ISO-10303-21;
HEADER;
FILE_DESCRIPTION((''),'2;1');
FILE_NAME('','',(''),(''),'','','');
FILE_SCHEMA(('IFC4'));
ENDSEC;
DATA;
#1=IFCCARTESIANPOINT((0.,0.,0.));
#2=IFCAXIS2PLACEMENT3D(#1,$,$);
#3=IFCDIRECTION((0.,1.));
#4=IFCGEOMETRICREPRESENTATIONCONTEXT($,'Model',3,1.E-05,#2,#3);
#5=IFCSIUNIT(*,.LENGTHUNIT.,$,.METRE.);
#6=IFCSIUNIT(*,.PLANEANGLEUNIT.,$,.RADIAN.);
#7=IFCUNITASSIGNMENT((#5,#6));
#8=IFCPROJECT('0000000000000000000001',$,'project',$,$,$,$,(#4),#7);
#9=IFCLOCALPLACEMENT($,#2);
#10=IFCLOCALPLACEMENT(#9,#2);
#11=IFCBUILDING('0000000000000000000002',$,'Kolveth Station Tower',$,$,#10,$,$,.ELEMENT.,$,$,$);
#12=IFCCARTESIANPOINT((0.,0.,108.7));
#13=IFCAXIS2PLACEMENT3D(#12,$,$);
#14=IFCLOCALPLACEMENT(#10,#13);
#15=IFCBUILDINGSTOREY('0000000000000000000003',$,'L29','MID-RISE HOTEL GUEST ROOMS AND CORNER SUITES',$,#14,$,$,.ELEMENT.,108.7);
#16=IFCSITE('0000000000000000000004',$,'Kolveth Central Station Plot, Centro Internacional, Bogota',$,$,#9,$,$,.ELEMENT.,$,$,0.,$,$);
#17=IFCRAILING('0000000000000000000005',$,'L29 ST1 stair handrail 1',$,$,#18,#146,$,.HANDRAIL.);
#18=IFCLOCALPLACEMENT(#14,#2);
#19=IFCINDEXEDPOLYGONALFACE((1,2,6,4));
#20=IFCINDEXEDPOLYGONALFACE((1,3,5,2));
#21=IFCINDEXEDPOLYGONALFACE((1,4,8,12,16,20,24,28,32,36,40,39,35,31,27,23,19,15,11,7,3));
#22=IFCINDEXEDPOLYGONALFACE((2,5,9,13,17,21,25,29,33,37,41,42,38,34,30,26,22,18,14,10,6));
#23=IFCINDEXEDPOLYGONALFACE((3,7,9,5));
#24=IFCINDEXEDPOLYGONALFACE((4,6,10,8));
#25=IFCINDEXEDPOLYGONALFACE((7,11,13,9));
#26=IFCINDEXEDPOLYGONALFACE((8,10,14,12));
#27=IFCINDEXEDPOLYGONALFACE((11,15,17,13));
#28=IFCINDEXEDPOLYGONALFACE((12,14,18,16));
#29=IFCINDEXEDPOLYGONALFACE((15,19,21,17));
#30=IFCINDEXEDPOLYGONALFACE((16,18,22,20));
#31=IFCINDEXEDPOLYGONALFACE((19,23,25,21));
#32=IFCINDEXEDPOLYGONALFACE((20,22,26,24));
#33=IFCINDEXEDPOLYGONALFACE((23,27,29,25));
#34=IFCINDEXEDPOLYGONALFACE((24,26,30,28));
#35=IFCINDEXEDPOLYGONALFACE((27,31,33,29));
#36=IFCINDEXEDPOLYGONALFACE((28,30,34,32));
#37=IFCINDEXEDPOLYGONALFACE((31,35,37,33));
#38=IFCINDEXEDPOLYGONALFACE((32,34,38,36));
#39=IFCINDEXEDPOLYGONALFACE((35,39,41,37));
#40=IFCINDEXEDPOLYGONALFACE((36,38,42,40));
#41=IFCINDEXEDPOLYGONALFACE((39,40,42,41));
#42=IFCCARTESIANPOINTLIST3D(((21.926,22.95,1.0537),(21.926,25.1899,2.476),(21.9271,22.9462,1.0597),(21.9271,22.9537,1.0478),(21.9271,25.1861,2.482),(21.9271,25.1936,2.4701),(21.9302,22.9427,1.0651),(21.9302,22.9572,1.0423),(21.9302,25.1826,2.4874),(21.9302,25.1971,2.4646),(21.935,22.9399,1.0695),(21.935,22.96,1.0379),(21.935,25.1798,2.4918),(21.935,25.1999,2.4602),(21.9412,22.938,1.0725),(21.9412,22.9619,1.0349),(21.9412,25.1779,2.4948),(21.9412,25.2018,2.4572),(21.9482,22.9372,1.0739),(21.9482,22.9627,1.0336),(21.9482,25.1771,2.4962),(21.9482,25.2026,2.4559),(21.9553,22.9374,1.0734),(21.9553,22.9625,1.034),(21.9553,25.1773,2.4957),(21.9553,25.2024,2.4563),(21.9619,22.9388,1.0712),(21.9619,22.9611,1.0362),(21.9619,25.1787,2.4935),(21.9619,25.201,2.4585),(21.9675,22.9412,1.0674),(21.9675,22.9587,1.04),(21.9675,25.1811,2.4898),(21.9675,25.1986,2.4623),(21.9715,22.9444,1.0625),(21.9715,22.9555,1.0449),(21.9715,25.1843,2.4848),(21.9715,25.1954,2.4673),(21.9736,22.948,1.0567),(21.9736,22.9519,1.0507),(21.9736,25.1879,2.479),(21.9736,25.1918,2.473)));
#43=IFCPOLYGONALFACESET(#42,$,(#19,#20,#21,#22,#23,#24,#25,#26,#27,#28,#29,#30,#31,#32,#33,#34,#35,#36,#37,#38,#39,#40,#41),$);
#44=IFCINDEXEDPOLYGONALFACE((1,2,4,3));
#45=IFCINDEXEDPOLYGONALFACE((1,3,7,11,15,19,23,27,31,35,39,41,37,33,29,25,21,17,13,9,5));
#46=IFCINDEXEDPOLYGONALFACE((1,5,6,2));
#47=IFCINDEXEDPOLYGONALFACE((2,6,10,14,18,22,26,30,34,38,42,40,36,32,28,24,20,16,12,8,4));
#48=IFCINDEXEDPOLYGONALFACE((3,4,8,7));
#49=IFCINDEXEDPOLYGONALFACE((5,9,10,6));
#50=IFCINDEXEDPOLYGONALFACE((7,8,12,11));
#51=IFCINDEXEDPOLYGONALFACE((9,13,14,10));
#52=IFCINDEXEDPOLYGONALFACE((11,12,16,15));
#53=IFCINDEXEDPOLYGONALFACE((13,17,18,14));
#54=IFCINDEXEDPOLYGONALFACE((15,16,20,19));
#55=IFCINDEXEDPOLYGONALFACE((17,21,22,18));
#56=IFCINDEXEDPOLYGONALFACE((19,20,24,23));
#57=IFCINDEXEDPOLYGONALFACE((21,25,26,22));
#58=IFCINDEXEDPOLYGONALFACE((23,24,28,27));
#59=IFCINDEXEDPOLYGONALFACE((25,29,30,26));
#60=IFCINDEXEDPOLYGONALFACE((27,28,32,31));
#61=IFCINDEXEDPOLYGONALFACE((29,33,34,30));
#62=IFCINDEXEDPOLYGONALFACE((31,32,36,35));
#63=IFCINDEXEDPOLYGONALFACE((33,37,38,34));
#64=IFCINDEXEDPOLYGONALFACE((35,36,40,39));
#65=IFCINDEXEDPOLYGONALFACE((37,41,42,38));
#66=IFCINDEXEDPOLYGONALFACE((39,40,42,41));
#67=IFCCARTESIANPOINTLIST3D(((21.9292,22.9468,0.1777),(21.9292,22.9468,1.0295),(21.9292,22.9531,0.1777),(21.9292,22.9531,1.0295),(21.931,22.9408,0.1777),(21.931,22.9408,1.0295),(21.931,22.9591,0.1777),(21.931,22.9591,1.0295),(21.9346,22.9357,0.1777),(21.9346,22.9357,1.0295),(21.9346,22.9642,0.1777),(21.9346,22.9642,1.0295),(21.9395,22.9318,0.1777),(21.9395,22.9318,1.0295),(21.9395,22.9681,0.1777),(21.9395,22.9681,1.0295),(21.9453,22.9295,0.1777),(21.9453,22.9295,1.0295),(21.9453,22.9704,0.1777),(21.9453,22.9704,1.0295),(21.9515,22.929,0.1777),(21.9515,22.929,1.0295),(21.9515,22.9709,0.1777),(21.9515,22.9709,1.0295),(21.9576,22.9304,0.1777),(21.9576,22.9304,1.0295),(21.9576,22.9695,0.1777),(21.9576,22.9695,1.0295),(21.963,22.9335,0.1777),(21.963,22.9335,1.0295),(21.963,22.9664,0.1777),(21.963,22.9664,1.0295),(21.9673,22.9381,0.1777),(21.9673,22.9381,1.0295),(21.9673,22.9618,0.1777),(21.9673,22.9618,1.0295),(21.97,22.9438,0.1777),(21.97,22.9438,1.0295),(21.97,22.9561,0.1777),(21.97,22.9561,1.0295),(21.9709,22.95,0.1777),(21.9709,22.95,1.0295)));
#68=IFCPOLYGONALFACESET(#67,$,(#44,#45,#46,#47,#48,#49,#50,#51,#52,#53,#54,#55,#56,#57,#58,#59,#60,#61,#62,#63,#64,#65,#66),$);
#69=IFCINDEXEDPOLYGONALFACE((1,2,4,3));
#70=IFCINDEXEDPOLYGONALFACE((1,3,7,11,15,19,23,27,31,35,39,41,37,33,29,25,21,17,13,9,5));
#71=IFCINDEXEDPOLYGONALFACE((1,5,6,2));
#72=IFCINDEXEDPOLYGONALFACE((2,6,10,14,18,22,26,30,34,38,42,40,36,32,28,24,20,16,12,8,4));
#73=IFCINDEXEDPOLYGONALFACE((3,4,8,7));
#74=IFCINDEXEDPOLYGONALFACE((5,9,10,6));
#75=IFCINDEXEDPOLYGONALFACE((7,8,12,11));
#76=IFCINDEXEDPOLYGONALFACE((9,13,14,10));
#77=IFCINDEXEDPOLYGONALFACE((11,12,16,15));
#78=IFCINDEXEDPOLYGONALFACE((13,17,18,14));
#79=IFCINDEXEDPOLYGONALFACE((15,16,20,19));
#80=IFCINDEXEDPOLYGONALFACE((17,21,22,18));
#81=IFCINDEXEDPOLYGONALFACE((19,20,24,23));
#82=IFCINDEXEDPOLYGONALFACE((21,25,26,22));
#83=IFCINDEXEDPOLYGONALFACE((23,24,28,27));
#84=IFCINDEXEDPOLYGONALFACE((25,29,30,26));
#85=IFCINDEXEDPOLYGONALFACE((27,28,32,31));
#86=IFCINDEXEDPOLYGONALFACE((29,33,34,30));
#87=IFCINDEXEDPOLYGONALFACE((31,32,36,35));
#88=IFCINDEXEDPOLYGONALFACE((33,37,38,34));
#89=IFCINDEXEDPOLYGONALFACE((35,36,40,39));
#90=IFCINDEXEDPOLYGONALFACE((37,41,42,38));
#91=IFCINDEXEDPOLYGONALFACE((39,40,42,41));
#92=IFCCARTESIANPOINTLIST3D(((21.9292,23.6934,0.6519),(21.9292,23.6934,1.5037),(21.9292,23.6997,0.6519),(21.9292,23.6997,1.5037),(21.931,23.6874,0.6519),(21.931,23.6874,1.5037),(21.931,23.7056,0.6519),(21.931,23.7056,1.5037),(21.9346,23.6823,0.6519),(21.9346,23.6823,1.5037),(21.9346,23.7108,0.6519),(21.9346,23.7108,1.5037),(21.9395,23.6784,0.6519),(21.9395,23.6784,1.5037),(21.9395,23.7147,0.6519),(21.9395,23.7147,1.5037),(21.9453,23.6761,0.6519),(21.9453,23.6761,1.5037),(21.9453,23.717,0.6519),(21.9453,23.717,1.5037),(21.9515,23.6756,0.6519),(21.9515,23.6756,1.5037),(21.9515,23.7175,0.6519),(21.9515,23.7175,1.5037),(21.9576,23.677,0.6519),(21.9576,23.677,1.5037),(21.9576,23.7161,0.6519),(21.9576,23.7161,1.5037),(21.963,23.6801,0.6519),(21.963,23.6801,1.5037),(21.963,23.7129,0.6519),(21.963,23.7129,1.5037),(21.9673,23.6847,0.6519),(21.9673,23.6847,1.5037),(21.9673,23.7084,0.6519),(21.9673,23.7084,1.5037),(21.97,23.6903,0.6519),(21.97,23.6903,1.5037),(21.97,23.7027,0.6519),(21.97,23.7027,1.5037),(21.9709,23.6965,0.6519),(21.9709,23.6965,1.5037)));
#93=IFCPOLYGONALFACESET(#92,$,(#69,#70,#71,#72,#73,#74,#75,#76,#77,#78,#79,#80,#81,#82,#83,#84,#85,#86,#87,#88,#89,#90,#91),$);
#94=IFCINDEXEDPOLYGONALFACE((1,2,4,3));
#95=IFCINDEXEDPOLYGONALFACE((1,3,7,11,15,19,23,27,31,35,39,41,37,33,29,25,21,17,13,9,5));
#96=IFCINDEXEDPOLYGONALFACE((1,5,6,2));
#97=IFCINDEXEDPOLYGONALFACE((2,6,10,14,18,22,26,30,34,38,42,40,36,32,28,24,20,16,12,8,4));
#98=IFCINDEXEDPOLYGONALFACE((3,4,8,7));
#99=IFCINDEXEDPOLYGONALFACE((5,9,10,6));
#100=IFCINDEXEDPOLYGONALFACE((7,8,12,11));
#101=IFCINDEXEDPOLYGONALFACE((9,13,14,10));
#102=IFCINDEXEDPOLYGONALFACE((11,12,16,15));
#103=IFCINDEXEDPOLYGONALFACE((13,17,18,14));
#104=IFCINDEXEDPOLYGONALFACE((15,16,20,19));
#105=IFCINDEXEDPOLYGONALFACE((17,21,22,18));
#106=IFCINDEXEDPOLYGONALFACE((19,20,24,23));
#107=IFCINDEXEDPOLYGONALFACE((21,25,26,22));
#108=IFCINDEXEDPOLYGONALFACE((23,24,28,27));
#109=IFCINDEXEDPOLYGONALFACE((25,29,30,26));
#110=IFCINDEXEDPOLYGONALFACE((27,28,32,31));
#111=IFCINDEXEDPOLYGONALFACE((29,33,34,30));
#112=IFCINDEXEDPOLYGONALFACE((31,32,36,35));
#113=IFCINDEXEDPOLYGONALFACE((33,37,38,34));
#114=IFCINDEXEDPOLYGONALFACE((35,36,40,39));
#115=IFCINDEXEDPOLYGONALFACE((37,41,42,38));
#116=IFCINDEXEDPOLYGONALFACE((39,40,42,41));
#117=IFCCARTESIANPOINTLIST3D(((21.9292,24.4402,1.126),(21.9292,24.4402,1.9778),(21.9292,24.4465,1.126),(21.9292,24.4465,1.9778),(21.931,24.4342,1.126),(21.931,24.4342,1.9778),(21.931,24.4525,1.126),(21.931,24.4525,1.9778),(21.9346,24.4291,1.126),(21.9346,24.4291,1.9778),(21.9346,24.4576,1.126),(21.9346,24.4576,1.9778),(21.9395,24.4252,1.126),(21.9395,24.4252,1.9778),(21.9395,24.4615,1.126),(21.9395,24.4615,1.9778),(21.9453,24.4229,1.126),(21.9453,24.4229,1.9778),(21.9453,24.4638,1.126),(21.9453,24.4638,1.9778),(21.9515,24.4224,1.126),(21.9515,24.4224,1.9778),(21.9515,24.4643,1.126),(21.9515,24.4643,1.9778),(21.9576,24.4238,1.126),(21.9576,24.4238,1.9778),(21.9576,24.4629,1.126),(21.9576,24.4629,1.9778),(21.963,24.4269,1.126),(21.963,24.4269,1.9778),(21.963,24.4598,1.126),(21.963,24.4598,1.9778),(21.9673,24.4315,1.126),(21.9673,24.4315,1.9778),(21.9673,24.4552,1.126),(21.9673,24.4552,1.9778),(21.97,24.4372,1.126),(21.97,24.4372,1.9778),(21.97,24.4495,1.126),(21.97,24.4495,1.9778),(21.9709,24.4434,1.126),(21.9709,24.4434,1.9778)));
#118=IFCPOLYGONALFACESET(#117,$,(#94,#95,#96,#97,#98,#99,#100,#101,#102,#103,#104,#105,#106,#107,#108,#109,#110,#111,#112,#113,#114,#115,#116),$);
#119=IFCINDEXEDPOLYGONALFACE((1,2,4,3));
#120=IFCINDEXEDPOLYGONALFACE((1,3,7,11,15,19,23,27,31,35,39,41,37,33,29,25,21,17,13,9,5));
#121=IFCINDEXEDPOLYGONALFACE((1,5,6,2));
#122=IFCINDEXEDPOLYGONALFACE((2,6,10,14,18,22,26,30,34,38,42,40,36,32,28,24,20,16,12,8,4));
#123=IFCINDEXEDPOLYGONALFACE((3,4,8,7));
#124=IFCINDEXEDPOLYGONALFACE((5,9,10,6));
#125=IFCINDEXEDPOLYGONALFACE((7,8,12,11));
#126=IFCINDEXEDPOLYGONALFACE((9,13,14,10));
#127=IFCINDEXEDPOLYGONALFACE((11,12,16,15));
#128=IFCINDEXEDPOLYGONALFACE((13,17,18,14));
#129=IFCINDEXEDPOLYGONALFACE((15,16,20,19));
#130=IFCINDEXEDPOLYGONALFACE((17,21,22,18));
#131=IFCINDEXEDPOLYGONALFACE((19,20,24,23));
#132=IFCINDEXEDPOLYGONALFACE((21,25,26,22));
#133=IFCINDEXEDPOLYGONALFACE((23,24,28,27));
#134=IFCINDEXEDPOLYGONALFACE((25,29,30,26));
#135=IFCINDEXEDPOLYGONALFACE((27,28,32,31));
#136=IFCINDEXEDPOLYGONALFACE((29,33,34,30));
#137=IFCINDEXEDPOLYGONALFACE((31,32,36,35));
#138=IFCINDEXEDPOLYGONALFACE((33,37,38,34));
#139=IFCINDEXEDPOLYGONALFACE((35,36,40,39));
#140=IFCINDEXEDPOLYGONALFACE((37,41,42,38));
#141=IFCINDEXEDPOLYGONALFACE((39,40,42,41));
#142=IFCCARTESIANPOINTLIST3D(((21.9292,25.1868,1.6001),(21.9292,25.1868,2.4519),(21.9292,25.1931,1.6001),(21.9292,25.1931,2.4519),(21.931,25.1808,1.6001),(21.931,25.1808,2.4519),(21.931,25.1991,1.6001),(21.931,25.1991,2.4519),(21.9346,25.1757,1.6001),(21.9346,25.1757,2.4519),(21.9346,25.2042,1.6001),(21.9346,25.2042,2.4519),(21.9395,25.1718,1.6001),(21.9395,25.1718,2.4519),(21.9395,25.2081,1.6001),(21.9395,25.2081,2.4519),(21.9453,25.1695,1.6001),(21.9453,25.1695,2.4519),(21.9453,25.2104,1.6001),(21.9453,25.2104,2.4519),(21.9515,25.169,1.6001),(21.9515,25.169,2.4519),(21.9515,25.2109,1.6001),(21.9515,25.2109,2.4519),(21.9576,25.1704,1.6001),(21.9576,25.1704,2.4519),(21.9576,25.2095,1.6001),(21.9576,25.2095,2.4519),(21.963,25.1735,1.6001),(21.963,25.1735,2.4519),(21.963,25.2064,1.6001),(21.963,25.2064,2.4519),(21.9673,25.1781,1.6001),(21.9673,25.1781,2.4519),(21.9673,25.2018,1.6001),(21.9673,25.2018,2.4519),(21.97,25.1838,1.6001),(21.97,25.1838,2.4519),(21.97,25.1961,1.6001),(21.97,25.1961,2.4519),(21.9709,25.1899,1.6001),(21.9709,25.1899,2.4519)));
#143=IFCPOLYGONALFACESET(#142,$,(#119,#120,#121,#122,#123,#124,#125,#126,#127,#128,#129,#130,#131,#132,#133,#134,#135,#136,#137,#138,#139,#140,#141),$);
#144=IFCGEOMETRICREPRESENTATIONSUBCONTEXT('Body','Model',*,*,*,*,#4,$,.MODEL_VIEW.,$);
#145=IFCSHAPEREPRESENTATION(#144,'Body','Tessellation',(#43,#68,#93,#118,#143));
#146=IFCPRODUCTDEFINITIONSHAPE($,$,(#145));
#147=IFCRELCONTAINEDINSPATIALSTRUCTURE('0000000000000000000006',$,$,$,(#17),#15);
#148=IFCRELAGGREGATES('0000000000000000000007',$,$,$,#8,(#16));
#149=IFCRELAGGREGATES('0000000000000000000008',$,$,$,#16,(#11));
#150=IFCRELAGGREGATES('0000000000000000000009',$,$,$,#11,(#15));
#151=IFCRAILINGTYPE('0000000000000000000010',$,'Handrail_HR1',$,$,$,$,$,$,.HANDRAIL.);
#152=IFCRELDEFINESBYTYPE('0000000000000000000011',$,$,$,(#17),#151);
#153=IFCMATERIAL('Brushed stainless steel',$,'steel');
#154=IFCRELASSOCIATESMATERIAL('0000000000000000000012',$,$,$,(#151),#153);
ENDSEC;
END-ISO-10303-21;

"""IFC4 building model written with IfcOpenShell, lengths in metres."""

from ifc_helpers import new_model, si_unit, direction, frame, origin, origin_2d, place, context, subcontext, project, spatial, circle, extrude, material, type_object, element, save


model = new_model("IFC4")

# Units and contexts
model_context = context("Model", 3, precision=1e-05, world=origin(), true_north=direction((0.0, 1.0)))
body_context = subcontext(model_context, "Body", "Model", "MODEL_VIEW")
ifc_project = project(units=[si_unit("LENGTHUNIT", "METRE"), si_unit("PLANEANGLEUNIT", "RADIAN")], contexts=[model_context])

# Site, building, storey
site_placement = place(None, origin())
site = spatial("IfcSite", under=ifc_project, at=site_placement, Name="Kolveth Central Station Plot, Centro Internacional, Bogota", CompositionType="ELEMENT", RefElevation=0.0)
building_placement = place(site_placement, origin())
building = spatial("IfcBuilding", under=site, at=building_placement, Name="Kolveth Station Tower", CompositionType="ELEMENT")
storey_placement = place(building_placement, frame((0.0, 0.0, 108.7)))
storey = spatial("IfcBuildingStorey", under=building, at=storey_placement, Name="L29", Description="MID-RISE HOTEL GUEST ROOMS AND CORNER SUITES", CompositionType="ELEMENT", Elevation=108.7)

# Railing
ifc_material_1 = material(Name="Brushed stainless steel", Category="steel")
railing_type_1 = type_object("IfcRailingType", Name="Handrail_HR1", PredefinedType="HANDRAIL", material=ifc_material_1)
railing_1_placement = place(storey_placement, frame((21.95, 22.95, 0.1777)))
element("IfcRailing", 1, at=railing_1_placement, inside=storey, type_object=railing_type_1, Name="L29 ST1 stair handrail 1", PredefinedType="HANDRAIL", context=body_context, shape_type="SweptSolid", body=[
    extrude(circle(Radius=0.0239, at=origin_2d()), frame((0.0, 0.0, 0.876), z_axis=(0.0, 0.844188, 0.536048), x_axis=(-1.0, 0.0, 0.0)), (0.0, 0.0, 1.0), 2.6533),
    extrude(circle(Radius=0.021, at=origin_2d()), origin(), (0.0, 0.0, 1.0), 0.8518),
    extrude(circle(Radius=0.021, at=origin_2d()), frame((0.0, 0.7466, 0.4741)), (0.0, 0.0, 1.0), 0.8518),
    extrude(circle(Radius=0.021, at=origin_2d()), frame((0.0, 1.4934, 0.9482)), (0.0, 0.0, 1.0), 0.8518),
    extrude(circle(Radius=0.021, at=origin_2d()), frame((0.0, 2.24, 1.4224)), (0.0, 0.0, 1.0), 0.8518),
])

save(model, "model.ifc")
